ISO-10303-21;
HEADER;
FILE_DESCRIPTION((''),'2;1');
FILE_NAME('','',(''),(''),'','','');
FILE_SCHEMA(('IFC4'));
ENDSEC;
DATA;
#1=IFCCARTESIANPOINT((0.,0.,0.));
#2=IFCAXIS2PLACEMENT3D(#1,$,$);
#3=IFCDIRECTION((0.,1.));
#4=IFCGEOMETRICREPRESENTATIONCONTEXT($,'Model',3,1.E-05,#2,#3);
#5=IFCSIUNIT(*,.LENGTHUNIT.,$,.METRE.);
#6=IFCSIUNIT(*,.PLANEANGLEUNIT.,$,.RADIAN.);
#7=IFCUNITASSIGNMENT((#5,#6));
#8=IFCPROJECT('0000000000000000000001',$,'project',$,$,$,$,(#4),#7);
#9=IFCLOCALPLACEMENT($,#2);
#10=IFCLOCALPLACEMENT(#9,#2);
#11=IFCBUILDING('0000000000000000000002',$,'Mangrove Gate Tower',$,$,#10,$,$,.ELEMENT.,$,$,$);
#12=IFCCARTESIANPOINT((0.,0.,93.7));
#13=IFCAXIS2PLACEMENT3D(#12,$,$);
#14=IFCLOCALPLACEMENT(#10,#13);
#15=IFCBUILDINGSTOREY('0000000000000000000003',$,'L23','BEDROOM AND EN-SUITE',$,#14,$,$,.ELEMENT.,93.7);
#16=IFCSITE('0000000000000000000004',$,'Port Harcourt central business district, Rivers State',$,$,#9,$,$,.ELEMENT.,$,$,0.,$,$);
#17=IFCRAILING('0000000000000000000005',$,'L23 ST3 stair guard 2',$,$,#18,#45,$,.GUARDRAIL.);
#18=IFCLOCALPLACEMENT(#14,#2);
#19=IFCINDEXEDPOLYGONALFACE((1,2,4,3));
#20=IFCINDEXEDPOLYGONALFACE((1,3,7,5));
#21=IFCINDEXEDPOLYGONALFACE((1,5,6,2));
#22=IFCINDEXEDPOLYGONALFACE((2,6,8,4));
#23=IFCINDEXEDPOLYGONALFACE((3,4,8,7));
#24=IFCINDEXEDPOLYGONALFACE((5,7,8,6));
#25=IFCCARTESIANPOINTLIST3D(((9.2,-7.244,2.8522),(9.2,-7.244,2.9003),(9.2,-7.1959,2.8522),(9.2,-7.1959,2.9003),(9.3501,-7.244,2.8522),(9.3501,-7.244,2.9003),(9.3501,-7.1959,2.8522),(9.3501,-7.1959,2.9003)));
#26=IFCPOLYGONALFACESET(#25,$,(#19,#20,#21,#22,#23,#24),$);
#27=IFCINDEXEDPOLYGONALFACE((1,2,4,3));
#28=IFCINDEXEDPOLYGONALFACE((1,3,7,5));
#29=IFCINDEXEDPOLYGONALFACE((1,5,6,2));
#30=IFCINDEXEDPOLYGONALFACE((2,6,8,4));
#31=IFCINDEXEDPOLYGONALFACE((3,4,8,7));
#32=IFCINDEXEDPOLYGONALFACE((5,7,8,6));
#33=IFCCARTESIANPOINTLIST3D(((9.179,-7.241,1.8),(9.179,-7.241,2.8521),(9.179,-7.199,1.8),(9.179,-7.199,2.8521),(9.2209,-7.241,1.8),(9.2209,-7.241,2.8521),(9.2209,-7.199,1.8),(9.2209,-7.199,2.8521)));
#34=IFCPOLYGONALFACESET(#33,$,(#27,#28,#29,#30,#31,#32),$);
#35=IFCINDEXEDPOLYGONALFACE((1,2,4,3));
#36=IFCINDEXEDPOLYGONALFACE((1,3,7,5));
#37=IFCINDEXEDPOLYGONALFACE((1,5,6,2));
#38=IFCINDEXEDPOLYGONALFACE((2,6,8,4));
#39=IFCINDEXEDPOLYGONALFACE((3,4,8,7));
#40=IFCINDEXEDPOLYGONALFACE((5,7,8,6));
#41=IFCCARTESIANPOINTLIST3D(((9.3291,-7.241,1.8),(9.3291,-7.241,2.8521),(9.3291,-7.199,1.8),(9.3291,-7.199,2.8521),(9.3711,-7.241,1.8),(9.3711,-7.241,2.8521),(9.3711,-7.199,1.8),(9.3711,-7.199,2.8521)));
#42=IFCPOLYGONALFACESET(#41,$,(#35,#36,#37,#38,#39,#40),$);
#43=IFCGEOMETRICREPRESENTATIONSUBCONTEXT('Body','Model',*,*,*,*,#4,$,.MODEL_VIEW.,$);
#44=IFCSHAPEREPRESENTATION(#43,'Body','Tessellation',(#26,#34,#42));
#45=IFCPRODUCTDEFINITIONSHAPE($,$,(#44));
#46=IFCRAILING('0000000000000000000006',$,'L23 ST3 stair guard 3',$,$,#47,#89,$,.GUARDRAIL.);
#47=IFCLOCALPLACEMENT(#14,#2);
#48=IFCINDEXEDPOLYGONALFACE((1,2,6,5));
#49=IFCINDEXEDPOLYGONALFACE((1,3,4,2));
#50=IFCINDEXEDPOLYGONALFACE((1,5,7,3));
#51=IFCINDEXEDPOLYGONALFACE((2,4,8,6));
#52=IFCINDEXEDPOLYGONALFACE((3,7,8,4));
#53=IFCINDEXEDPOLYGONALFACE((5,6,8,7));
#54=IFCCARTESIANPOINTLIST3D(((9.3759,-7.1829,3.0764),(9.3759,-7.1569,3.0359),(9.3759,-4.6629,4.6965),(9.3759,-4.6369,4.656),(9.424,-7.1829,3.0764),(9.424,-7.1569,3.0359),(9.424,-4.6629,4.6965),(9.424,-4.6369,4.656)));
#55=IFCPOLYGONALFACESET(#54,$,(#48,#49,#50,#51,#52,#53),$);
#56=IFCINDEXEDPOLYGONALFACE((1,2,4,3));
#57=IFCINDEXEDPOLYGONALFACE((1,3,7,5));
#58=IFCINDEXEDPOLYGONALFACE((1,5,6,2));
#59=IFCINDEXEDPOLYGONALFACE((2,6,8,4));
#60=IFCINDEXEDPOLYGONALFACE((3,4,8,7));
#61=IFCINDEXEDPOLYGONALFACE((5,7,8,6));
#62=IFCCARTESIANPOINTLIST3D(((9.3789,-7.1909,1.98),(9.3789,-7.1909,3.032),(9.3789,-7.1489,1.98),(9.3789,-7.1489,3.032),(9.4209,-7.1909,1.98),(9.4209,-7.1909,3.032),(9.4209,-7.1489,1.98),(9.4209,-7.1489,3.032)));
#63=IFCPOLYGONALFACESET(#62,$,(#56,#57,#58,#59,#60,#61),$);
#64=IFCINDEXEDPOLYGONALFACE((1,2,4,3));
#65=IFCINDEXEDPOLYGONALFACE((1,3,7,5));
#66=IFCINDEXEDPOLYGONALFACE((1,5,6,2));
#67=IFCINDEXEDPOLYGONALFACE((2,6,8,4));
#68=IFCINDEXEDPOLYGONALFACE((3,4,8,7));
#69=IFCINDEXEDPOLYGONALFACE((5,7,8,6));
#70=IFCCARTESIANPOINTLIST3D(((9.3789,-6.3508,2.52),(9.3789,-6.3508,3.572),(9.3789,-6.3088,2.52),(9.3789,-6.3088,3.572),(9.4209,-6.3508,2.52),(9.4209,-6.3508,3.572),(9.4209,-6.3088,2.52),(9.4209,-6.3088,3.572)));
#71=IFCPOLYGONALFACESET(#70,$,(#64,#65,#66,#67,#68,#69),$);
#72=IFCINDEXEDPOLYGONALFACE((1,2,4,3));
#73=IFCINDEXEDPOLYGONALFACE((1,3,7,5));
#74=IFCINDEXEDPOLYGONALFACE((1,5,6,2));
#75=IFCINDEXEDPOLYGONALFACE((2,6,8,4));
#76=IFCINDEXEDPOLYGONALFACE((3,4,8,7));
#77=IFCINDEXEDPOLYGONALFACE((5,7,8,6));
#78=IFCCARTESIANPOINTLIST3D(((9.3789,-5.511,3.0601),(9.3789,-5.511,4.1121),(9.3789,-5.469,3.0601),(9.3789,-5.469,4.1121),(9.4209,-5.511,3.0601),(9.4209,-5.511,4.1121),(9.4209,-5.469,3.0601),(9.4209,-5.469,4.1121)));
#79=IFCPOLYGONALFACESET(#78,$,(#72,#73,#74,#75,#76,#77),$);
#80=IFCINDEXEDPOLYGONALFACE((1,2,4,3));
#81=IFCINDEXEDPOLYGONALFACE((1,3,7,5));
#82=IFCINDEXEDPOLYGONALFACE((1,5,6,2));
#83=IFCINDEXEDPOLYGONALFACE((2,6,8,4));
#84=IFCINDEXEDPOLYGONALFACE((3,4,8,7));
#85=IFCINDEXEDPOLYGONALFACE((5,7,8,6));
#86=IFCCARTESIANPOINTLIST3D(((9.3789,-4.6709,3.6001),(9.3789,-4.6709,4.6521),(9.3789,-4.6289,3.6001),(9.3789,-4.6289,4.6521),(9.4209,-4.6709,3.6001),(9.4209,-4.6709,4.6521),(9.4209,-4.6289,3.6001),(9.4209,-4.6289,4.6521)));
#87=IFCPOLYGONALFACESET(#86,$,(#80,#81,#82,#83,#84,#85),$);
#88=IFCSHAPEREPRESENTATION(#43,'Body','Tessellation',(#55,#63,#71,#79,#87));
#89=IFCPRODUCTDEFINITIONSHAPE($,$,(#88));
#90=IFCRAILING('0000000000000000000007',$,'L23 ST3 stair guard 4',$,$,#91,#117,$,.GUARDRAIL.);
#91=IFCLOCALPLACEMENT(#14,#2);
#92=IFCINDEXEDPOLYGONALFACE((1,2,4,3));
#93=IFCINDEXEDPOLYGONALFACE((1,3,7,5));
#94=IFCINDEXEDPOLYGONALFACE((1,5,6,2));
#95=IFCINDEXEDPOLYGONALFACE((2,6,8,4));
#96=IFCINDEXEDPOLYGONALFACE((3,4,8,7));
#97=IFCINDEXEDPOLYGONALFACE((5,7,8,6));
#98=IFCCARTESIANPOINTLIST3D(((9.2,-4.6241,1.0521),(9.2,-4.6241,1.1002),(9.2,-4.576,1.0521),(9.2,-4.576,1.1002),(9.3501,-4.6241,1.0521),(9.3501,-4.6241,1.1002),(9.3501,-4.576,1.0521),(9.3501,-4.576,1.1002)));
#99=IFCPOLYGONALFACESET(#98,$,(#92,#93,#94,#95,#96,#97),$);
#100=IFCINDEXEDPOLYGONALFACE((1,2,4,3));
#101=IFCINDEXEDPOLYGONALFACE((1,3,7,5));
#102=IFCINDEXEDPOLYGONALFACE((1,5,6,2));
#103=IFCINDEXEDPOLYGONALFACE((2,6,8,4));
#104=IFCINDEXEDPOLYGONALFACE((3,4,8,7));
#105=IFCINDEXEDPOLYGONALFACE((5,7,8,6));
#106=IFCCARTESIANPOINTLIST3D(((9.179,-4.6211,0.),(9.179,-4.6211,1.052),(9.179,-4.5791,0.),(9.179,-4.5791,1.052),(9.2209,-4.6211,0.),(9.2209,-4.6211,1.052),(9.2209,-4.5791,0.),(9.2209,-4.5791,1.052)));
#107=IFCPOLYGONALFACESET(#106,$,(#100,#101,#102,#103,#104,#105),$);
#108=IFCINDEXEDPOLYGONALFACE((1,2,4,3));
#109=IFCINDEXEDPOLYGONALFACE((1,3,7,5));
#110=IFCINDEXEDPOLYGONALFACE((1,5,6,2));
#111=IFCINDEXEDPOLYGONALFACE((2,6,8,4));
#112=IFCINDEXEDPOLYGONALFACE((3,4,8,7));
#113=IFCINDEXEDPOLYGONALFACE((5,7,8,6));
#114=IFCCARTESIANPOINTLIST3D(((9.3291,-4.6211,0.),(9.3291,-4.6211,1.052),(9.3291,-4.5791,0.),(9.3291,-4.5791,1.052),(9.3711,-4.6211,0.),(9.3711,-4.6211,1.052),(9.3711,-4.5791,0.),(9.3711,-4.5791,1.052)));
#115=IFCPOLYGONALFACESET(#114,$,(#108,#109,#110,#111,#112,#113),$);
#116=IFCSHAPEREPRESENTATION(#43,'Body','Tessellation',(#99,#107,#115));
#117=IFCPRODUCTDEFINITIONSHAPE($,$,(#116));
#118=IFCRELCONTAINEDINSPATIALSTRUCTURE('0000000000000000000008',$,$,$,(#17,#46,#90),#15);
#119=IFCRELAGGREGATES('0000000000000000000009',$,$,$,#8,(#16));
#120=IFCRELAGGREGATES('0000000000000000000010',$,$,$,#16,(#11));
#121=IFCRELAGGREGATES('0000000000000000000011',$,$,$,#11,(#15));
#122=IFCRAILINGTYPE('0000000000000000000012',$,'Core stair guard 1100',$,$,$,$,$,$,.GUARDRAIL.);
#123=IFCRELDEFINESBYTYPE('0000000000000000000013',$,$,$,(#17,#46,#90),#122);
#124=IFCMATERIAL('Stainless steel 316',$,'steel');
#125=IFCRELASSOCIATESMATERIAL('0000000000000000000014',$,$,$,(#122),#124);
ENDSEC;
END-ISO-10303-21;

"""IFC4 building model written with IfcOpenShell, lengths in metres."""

from ifc_helpers import new_model, si_unit, direction, frame, origin, origin_2d, place, context, subcontext, project, spatial, rectangle, extrude, material, type_object, element, save


model = new_model("IFC4")

# Units and contexts
model_context = context("Model", 3, precision=1e-05, world=origin(), true_north=direction((0.0, 1.0)))
body_context = subcontext(model_context, "Body", "Model", "MODEL_VIEW")
ifc_project = project(units=[si_unit("LENGTHUNIT", "METRE"), si_unit("PLANEANGLEUNIT", "RADIAN")], contexts=[model_context])

# Site, building, storey
site_placement = place(None, origin())
site = spatial("IfcSite", under=ifc_project, at=site_placement, Name="Port Harcourt central business district, Rivers State", CompositionType="ELEMENT", RefElevation=0.0)
building_placement = place(site_placement, origin())
building = spatial("IfcBuilding", under=site, at=building_placement, Name="Mangrove Gate Tower", CompositionType="ELEMENT")
storey_placement = place(building_placement, frame((0.0, 0.0, 93.7)))
storey = spatial("IfcBuildingStorey", under=building, at=storey_placement, Name="L23", Description="BEDROOM AND EN-SUITE", CompositionType="ELEMENT", Elevation=93.7)

# Railings
ifc_material_1 = material(Name="Stainless steel 316", Category="steel")
railing_type_1 = type_object("IfcRailingType", Name="Core stair guard 1100", PredefinedType="GUARDRAIL", material=ifc_material_1)
railing_1_placement = place(storey_placement, frame((9.2, -7.22, 1.8)))
element("IfcRailing", 1, at=railing_1_placement, inside=storey, type_object=railing_type_1, Name="L23 ST3 stair guard 2", PredefinedType="GUARDRAIL", context=body_context, shape_type="SweptSolid", body=[
    extrude(rectangle(XDim=0.0481, YDim=0.0481, at=origin_2d()), frame((0.0, 0.0, 1.0762), z_axis=(1.0, 0.0, 0.0), x_axis=(0.0, 1.0, 0.0)), (0.0, 0.0, 1.0), 0.1501),
    extrude(rectangle(XDim=0.042, YDim=0.042, at=origin_2d()), origin(), (0.0, 0.0, 1.0), 1.052),
    extrude(rectangle(XDim=0.042, YDim=0.042, at=origin_2d()), frame((0.1501, 0.0, 0.0)), (0.0, 0.0, 1.0), 1.052),
])
railing_2_placement = place(storey_placement, frame((9.3999, -7.1699, 1.98)))
element("IfcRailing", 2, at=railing_2_placement, inside=storey, type_object=railing_type_1, Name="L23 ST3 stair guard 3", PredefinedType="GUARDRAIL", context=body_context, shape_type="SweptSolid", body=[
    extrude(rectangle(XDim=0.0481, YDim=0.0481, at=origin_2d()), frame((0.0, 0.0, 1.0762), z_axis=(0.0, 0.841163, 0.540782), x_axis=(-1.0, 0.0, 0.0)), (0.0, 0.0, 1.0), 2.9958),
    extrude(rectangle(XDim=0.042, YDim=0.042, at=origin_2d()), origin(), (0.0, 0.0, 1.0), 1.052),
    extrude(rectangle(XDim=0.042, YDim=0.042, at=origin_2d()), frame((0.0, 0.8401, 0.54)), (0.0, 0.0, 1.0), 1.052),
    extrude(rectangle(XDim=0.042, YDim=0.042, at=origin_2d()), frame((0.0, 1.6799, 1.0801)), (0.0, 0.0, 1.0), 1.052),
    extrude(rectangle(XDim=0.042, YDim=0.042, at=origin_2d()), frame((0.0, 2.52, 1.6201)), (0.0, 0.0, 1.0), 1.052),
])
railing_3_placement = place(storey_placement, frame((9.2, -4.6001, 0.0)))
element("IfcRailing", 3, at=railing_3_placement, inside=storey, type_object=railing_type_1, Name="L23 ST3 stair guard 4", PredefinedType="GUARDRAIL", context=body_context, shape_type="SweptSolid", body=[
    extrude(rectangle(XDim=0.0481, YDim=0.0481, at=origin_2d()), frame((0.0, 0.0, 1.0762), z_axis=(1.0, 0.0, 0.0), x_axis=(0.0, 1.0, 0.0)), (0.0, 0.0, 1.0), 0.1501),
    extrude(rectangle(XDim=0.042, YDim=0.042, at=origin_2d()), origin(), (0.0, 0.0, 1.0), 1.052),
    extrude(rectangle(XDim=0.042, YDim=0.042, at=origin_2d()), frame((0.1501, 0.0, 0.0)), (0.0, 0.0, 1.0), 1.052),
])

save(model, "model.ifc")
